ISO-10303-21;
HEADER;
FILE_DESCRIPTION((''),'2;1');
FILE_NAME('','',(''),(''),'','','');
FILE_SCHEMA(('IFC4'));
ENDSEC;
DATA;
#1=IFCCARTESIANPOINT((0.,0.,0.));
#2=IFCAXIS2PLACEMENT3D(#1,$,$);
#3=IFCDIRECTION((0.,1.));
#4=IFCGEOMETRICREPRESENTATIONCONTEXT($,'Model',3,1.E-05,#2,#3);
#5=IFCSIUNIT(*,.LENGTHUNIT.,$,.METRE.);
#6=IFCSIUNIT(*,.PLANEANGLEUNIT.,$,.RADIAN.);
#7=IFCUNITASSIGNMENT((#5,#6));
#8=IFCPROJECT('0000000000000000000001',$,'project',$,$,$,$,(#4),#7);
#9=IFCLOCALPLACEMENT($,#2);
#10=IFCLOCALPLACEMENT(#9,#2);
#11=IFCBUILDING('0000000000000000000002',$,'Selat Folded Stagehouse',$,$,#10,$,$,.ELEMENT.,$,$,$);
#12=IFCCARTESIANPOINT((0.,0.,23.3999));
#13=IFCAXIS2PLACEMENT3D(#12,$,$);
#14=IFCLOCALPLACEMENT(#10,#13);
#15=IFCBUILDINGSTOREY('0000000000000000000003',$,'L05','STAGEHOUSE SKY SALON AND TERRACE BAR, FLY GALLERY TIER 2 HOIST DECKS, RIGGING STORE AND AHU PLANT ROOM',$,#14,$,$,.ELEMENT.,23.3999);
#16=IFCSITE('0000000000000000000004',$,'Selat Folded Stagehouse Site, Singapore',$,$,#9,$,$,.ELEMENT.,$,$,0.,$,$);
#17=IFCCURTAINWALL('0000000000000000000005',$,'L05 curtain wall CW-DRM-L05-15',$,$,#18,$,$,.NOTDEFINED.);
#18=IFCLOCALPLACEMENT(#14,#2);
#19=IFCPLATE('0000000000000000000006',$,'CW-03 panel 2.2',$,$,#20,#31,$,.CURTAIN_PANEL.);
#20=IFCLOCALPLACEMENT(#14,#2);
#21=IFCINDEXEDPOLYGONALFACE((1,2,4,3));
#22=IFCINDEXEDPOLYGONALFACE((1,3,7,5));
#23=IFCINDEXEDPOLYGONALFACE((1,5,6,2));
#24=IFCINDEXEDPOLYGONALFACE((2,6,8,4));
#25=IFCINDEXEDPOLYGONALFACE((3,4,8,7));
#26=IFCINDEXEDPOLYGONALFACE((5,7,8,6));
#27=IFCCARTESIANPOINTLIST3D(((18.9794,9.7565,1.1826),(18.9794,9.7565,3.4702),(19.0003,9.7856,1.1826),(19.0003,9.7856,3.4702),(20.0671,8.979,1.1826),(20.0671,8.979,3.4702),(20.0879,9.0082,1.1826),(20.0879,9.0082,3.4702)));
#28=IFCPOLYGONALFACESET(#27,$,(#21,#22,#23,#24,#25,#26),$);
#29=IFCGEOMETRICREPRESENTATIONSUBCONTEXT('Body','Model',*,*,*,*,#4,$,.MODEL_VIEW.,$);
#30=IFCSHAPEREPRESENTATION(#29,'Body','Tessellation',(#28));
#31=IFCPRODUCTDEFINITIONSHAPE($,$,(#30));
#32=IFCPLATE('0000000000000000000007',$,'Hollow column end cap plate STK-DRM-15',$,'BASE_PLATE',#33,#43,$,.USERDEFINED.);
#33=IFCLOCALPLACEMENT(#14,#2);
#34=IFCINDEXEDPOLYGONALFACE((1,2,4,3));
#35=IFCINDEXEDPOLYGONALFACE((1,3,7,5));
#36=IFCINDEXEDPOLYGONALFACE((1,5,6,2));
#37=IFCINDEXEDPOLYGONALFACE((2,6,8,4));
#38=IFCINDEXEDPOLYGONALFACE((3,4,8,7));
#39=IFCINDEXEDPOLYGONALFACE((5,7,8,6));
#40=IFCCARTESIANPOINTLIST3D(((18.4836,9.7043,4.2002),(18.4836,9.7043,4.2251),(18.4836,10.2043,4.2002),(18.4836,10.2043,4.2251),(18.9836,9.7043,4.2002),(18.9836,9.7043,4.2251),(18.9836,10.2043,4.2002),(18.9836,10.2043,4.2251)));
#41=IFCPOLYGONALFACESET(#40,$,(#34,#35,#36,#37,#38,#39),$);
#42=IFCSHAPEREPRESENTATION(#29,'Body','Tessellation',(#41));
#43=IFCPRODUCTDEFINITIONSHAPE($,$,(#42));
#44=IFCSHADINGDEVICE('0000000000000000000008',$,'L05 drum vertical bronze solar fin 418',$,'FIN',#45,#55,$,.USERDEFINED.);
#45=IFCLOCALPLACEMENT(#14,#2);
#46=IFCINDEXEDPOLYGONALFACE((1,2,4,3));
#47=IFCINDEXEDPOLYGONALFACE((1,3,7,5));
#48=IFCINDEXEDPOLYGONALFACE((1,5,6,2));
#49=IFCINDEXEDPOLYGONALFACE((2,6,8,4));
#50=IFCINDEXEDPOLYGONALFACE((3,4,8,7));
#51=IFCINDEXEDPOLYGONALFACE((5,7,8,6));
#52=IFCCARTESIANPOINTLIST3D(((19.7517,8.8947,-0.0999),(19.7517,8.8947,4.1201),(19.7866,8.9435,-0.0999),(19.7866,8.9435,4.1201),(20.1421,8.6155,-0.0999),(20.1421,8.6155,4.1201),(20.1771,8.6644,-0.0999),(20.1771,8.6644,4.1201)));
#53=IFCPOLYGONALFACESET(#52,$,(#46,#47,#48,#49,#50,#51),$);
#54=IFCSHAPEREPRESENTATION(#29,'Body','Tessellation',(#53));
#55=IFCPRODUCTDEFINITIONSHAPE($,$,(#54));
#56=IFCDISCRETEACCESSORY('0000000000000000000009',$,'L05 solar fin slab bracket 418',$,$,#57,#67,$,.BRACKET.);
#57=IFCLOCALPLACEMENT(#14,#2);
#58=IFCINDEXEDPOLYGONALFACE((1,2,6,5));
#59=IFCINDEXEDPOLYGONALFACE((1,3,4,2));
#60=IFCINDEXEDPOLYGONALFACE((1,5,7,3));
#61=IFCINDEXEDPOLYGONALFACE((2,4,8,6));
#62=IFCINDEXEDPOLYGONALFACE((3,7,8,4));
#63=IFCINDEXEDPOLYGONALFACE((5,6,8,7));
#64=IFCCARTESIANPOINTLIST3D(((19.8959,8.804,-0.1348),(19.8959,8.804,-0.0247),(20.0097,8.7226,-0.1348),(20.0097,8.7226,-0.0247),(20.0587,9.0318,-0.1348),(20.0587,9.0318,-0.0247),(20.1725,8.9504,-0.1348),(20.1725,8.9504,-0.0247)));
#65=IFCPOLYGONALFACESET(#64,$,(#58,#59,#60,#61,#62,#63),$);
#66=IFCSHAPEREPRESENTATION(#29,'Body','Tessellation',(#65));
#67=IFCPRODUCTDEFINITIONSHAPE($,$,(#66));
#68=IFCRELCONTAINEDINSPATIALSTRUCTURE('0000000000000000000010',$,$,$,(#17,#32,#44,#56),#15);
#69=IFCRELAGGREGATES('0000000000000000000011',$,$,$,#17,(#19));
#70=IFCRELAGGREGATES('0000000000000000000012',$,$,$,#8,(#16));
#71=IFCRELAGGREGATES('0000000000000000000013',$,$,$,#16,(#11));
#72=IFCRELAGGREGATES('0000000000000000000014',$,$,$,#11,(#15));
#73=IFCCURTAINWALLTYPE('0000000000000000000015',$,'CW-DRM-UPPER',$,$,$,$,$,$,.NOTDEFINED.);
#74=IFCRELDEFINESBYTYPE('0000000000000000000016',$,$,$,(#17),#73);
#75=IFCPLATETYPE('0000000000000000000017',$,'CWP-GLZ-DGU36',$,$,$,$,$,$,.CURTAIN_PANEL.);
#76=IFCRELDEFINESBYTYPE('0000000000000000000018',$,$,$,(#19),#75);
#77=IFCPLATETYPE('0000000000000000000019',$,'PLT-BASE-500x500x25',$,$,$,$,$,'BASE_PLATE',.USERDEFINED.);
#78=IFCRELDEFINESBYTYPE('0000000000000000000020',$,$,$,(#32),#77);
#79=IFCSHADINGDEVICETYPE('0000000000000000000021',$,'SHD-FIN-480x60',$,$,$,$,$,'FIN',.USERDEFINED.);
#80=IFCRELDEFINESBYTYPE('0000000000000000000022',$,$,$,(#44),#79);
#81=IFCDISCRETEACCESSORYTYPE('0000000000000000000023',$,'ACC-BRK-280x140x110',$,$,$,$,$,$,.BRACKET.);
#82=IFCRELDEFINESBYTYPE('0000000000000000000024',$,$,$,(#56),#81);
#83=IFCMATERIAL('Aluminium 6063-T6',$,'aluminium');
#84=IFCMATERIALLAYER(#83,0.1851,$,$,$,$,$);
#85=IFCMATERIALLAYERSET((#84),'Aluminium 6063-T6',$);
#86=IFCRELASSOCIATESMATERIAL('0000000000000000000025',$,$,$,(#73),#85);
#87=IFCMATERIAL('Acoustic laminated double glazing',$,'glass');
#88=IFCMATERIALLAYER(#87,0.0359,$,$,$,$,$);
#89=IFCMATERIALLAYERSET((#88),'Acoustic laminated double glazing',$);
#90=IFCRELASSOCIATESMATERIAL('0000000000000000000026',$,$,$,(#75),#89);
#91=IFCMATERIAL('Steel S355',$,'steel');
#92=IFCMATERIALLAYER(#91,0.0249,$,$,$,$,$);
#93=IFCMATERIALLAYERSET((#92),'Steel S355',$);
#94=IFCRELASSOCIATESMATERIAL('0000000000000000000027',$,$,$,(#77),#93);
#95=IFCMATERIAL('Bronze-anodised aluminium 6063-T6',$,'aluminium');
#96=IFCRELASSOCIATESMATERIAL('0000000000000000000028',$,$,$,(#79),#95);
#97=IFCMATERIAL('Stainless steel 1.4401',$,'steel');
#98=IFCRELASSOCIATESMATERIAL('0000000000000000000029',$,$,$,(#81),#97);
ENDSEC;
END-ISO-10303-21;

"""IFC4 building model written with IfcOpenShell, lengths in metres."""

from ifc_helpers import new_model, si_unit, direction, frame, origin, origin_2d, place, context, subcontext, project, spatial, rectangle, extrude, material, layer, layer_set, material_profile, profile_set, type_object, element, aggregate, save


model = new_model("IFC4")

# Units and contexts
model_context = context("Model", 3, precision=1e-05, world=origin(), true_north=direction((0.0, 1.0)))
body_context = subcontext(model_context, "Body", "Model", "MODEL_VIEW")
ifc_project = project(units=[si_unit("LENGTHUNIT", "METRE"), si_unit("PLANEANGLEUNIT", "RADIAN")], contexts=[model_context])

# Site, building, storey
site_placement = place(None, origin())
site = spatial("IfcSite", under=ifc_project, at=site_placement, Name="Selat Folded Stagehouse Site, Singapore", CompositionType="ELEMENT", RefElevation=0.0)
building_placement = place(site_placement, origin())
building = spatial("IfcBuilding", under=site, at=building_placement, Name="Selat Folded Stagehouse", CompositionType="ELEMENT")
storey_placement = place(building_placement, frame((0.0, 0.0, 23.3999)))
storey = spatial("IfcBuildingStorey", under=building, at=storey_placement, Name="L05", Description="STAGEHOUSE SKY SALON AND TERRACE BAR, FLY GALLERY TIER 2 HOIST DECKS, RIGGING STORE AND AHU PLANT ROOM", CompositionType="ELEMENT", Elevation=23.3999)

# Shared definitions
ifc_material_1 = material(Name="Steel S355", Category="steel")

# Shared definitions
ifc_material_2 = material(Name="Aluminium 6063-T6", Category="aluminium")
ifc_layer_1 = layer(ifc_material_2, 0.1851)
ifc_layer_set_1 = layer_set([ifc_layer_1], Name="Aluminium 6063-T6")
curtain_wall_type = type_object("IfcCurtainWallType", Name="CW-DRM-UPPER", PredefinedType="NOTDEFINED", material=ifc_layer_set_1)

# Curtain wall
curtain_wall_1_placement = place(storey_placement, origin())
curtain_wall_1 = element("IfcCurtainWall", 1, at=curtain_wall_1_placement, inside=storey, type_object=curtain_wall_type, Name="L05 curtain wall CW-DRM-L05-15", PredefinedType="NOTDEFINED")

# Plates
ifc_material_3 = material(Name="Acoustic laminated double glazing", Category="glass")
ifc_layer_2 = layer(ifc_material_3, 0.0359)
ifc_layer_set_2 = layer_set([ifc_layer_2], Name="Acoustic laminated double glazing")
plate_type_1 = type_object("IfcPlateType", Name="CWP-GLZ-DGU36", PredefinedType="CURTAIN_PANEL", material=ifc_layer_set_2)
plate_1_placement = place(storey_placement, frame((19.5337, 9.3823, 1.1826), z_axis=(0.0, 0.0, 1.0), x_axis=(-0.813526, 0.581528, 0.0)))
plate_1 = element("IfcPlate", 2, at=plate_1_placement, type_object=plate_type_1, Name="CW-03 panel 2.2", PredefinedType="CURTAIN_PANEL", context=body_context, shape_type="SweptSolid", body=[
    extrude(rectangle(XDim=1.3369, YDim=0.0359, at=origin_2d()), origin(), (0.0, 0.0, 1.0), 2.2876),
])
aggregate(curtain_wall_1, [plate_1])
ifc_layer_3 = layer(ifc_material_1, 0.0249)
ifc_layer_set_3 = layer_set([ifc_layer_3], Name="Steel S355")
plate_type_2 = type_object("IfcPlateType", Name="PLT-BASE-500x500x25", ElementType="BASE_PLATE", PredefinedType="USERDEFINED", material=ifc_layer_set_3)
plate_2_placement = place(storey_placement, frame((18.7336, 9.9543, 4.2002), z_axis=(0.0, 0.0, 1.0), x_axis=(1.0, 0.0, 0.0)))
element("IfcPlate", 3, at=plate_2_placement, inside=storey, type_object=plate_type_2, Name="Hollow column end cap plate STK-DRM-15", ObjectType="BASE_PLATE", PredefinedType="USERDEFINED", context=body_context, shape_type="SweptSolid", body=[
    extrude(rectangle(XDim=0.5, YDim=0.5, at=origin_2d()), origin(), (0.0, 0.0, 1.0), 0.0249),
])

# Shading device
ifc_material_4 = material(Name="Bronze-anodised aluminium 6063-T6", Category="aluminium")
ifc_material_profile_1 = material_profile(ifc_material_4, rectangle(XDim=0.0601, YDim=0.48, at=origin_2d()), Name="SOLAR-FIN 480x60")
ifc_profile_set_1 = profile_set([ifc_material_profile_1], Name="Bronze-anodised aluminium 6063-T6")
shading_device_type = type_object("IfcShadingDeviceType", Name="SHD-FIN-480x60", ElementType="FIN", PredefinedType="USERDEFINED", material=ifc_profile_set_1)
shading_device_placement = place(storey_placement, frame((19.9644, 8.7795, -0.0999), z_axis=(0.0, 0.0, 1.0), x_axis=(-0.581555, -0.813507, 0.0)))
element("IfcShadingDevice", 4, at=shading_device_placement, inside=storey, type_object=shading_device_type, Name="L05 drum vertical bronze solar fin 418", ObjectType="FIN", PredefinedType="USERDEFINED", context=body_context, shape_type="SweptSolid", body=[
    extrude(rectangle(XDim=0.0601, YDim=0.48, at=origin_2d()), origin(), (0.0, 0.0, 1.0), 4.22),
])

# Discrete accessory
ifc_material_5 = material(Name="Stainless steel 1.4401", Category="steel")
discrete_accessory_type = type_object("IfcDiscreteAccessoryType", Name="ACC-BRK-280x140x110", PredefinedType="BRACKET", material=ifc_material_5)
discrete_accessory_placement = place(storey_placement, frame((20.0342, 8.8772, -0.1348), z_axis=(0.0, 0.0, 1.0), x_axis=(-0.581555, -0.813507, 0.0)))
element("IfcDiscreteAccessory", 5, at=discrete_accessory_placement, inside=storey, type_object=discrete_accessory_type, Name="L05 solar fin slab bracket 418", PredefinedType="BRACKET", context=body_context, shape_type="SweptSolid", body=[
    extrude(rectangle(XDim=0.28, YDim=0.1399, at=origin_2d()), origin(), (0.0, 0.0, 1.0), 0.1101),
])

save(model, "model.ifc")
